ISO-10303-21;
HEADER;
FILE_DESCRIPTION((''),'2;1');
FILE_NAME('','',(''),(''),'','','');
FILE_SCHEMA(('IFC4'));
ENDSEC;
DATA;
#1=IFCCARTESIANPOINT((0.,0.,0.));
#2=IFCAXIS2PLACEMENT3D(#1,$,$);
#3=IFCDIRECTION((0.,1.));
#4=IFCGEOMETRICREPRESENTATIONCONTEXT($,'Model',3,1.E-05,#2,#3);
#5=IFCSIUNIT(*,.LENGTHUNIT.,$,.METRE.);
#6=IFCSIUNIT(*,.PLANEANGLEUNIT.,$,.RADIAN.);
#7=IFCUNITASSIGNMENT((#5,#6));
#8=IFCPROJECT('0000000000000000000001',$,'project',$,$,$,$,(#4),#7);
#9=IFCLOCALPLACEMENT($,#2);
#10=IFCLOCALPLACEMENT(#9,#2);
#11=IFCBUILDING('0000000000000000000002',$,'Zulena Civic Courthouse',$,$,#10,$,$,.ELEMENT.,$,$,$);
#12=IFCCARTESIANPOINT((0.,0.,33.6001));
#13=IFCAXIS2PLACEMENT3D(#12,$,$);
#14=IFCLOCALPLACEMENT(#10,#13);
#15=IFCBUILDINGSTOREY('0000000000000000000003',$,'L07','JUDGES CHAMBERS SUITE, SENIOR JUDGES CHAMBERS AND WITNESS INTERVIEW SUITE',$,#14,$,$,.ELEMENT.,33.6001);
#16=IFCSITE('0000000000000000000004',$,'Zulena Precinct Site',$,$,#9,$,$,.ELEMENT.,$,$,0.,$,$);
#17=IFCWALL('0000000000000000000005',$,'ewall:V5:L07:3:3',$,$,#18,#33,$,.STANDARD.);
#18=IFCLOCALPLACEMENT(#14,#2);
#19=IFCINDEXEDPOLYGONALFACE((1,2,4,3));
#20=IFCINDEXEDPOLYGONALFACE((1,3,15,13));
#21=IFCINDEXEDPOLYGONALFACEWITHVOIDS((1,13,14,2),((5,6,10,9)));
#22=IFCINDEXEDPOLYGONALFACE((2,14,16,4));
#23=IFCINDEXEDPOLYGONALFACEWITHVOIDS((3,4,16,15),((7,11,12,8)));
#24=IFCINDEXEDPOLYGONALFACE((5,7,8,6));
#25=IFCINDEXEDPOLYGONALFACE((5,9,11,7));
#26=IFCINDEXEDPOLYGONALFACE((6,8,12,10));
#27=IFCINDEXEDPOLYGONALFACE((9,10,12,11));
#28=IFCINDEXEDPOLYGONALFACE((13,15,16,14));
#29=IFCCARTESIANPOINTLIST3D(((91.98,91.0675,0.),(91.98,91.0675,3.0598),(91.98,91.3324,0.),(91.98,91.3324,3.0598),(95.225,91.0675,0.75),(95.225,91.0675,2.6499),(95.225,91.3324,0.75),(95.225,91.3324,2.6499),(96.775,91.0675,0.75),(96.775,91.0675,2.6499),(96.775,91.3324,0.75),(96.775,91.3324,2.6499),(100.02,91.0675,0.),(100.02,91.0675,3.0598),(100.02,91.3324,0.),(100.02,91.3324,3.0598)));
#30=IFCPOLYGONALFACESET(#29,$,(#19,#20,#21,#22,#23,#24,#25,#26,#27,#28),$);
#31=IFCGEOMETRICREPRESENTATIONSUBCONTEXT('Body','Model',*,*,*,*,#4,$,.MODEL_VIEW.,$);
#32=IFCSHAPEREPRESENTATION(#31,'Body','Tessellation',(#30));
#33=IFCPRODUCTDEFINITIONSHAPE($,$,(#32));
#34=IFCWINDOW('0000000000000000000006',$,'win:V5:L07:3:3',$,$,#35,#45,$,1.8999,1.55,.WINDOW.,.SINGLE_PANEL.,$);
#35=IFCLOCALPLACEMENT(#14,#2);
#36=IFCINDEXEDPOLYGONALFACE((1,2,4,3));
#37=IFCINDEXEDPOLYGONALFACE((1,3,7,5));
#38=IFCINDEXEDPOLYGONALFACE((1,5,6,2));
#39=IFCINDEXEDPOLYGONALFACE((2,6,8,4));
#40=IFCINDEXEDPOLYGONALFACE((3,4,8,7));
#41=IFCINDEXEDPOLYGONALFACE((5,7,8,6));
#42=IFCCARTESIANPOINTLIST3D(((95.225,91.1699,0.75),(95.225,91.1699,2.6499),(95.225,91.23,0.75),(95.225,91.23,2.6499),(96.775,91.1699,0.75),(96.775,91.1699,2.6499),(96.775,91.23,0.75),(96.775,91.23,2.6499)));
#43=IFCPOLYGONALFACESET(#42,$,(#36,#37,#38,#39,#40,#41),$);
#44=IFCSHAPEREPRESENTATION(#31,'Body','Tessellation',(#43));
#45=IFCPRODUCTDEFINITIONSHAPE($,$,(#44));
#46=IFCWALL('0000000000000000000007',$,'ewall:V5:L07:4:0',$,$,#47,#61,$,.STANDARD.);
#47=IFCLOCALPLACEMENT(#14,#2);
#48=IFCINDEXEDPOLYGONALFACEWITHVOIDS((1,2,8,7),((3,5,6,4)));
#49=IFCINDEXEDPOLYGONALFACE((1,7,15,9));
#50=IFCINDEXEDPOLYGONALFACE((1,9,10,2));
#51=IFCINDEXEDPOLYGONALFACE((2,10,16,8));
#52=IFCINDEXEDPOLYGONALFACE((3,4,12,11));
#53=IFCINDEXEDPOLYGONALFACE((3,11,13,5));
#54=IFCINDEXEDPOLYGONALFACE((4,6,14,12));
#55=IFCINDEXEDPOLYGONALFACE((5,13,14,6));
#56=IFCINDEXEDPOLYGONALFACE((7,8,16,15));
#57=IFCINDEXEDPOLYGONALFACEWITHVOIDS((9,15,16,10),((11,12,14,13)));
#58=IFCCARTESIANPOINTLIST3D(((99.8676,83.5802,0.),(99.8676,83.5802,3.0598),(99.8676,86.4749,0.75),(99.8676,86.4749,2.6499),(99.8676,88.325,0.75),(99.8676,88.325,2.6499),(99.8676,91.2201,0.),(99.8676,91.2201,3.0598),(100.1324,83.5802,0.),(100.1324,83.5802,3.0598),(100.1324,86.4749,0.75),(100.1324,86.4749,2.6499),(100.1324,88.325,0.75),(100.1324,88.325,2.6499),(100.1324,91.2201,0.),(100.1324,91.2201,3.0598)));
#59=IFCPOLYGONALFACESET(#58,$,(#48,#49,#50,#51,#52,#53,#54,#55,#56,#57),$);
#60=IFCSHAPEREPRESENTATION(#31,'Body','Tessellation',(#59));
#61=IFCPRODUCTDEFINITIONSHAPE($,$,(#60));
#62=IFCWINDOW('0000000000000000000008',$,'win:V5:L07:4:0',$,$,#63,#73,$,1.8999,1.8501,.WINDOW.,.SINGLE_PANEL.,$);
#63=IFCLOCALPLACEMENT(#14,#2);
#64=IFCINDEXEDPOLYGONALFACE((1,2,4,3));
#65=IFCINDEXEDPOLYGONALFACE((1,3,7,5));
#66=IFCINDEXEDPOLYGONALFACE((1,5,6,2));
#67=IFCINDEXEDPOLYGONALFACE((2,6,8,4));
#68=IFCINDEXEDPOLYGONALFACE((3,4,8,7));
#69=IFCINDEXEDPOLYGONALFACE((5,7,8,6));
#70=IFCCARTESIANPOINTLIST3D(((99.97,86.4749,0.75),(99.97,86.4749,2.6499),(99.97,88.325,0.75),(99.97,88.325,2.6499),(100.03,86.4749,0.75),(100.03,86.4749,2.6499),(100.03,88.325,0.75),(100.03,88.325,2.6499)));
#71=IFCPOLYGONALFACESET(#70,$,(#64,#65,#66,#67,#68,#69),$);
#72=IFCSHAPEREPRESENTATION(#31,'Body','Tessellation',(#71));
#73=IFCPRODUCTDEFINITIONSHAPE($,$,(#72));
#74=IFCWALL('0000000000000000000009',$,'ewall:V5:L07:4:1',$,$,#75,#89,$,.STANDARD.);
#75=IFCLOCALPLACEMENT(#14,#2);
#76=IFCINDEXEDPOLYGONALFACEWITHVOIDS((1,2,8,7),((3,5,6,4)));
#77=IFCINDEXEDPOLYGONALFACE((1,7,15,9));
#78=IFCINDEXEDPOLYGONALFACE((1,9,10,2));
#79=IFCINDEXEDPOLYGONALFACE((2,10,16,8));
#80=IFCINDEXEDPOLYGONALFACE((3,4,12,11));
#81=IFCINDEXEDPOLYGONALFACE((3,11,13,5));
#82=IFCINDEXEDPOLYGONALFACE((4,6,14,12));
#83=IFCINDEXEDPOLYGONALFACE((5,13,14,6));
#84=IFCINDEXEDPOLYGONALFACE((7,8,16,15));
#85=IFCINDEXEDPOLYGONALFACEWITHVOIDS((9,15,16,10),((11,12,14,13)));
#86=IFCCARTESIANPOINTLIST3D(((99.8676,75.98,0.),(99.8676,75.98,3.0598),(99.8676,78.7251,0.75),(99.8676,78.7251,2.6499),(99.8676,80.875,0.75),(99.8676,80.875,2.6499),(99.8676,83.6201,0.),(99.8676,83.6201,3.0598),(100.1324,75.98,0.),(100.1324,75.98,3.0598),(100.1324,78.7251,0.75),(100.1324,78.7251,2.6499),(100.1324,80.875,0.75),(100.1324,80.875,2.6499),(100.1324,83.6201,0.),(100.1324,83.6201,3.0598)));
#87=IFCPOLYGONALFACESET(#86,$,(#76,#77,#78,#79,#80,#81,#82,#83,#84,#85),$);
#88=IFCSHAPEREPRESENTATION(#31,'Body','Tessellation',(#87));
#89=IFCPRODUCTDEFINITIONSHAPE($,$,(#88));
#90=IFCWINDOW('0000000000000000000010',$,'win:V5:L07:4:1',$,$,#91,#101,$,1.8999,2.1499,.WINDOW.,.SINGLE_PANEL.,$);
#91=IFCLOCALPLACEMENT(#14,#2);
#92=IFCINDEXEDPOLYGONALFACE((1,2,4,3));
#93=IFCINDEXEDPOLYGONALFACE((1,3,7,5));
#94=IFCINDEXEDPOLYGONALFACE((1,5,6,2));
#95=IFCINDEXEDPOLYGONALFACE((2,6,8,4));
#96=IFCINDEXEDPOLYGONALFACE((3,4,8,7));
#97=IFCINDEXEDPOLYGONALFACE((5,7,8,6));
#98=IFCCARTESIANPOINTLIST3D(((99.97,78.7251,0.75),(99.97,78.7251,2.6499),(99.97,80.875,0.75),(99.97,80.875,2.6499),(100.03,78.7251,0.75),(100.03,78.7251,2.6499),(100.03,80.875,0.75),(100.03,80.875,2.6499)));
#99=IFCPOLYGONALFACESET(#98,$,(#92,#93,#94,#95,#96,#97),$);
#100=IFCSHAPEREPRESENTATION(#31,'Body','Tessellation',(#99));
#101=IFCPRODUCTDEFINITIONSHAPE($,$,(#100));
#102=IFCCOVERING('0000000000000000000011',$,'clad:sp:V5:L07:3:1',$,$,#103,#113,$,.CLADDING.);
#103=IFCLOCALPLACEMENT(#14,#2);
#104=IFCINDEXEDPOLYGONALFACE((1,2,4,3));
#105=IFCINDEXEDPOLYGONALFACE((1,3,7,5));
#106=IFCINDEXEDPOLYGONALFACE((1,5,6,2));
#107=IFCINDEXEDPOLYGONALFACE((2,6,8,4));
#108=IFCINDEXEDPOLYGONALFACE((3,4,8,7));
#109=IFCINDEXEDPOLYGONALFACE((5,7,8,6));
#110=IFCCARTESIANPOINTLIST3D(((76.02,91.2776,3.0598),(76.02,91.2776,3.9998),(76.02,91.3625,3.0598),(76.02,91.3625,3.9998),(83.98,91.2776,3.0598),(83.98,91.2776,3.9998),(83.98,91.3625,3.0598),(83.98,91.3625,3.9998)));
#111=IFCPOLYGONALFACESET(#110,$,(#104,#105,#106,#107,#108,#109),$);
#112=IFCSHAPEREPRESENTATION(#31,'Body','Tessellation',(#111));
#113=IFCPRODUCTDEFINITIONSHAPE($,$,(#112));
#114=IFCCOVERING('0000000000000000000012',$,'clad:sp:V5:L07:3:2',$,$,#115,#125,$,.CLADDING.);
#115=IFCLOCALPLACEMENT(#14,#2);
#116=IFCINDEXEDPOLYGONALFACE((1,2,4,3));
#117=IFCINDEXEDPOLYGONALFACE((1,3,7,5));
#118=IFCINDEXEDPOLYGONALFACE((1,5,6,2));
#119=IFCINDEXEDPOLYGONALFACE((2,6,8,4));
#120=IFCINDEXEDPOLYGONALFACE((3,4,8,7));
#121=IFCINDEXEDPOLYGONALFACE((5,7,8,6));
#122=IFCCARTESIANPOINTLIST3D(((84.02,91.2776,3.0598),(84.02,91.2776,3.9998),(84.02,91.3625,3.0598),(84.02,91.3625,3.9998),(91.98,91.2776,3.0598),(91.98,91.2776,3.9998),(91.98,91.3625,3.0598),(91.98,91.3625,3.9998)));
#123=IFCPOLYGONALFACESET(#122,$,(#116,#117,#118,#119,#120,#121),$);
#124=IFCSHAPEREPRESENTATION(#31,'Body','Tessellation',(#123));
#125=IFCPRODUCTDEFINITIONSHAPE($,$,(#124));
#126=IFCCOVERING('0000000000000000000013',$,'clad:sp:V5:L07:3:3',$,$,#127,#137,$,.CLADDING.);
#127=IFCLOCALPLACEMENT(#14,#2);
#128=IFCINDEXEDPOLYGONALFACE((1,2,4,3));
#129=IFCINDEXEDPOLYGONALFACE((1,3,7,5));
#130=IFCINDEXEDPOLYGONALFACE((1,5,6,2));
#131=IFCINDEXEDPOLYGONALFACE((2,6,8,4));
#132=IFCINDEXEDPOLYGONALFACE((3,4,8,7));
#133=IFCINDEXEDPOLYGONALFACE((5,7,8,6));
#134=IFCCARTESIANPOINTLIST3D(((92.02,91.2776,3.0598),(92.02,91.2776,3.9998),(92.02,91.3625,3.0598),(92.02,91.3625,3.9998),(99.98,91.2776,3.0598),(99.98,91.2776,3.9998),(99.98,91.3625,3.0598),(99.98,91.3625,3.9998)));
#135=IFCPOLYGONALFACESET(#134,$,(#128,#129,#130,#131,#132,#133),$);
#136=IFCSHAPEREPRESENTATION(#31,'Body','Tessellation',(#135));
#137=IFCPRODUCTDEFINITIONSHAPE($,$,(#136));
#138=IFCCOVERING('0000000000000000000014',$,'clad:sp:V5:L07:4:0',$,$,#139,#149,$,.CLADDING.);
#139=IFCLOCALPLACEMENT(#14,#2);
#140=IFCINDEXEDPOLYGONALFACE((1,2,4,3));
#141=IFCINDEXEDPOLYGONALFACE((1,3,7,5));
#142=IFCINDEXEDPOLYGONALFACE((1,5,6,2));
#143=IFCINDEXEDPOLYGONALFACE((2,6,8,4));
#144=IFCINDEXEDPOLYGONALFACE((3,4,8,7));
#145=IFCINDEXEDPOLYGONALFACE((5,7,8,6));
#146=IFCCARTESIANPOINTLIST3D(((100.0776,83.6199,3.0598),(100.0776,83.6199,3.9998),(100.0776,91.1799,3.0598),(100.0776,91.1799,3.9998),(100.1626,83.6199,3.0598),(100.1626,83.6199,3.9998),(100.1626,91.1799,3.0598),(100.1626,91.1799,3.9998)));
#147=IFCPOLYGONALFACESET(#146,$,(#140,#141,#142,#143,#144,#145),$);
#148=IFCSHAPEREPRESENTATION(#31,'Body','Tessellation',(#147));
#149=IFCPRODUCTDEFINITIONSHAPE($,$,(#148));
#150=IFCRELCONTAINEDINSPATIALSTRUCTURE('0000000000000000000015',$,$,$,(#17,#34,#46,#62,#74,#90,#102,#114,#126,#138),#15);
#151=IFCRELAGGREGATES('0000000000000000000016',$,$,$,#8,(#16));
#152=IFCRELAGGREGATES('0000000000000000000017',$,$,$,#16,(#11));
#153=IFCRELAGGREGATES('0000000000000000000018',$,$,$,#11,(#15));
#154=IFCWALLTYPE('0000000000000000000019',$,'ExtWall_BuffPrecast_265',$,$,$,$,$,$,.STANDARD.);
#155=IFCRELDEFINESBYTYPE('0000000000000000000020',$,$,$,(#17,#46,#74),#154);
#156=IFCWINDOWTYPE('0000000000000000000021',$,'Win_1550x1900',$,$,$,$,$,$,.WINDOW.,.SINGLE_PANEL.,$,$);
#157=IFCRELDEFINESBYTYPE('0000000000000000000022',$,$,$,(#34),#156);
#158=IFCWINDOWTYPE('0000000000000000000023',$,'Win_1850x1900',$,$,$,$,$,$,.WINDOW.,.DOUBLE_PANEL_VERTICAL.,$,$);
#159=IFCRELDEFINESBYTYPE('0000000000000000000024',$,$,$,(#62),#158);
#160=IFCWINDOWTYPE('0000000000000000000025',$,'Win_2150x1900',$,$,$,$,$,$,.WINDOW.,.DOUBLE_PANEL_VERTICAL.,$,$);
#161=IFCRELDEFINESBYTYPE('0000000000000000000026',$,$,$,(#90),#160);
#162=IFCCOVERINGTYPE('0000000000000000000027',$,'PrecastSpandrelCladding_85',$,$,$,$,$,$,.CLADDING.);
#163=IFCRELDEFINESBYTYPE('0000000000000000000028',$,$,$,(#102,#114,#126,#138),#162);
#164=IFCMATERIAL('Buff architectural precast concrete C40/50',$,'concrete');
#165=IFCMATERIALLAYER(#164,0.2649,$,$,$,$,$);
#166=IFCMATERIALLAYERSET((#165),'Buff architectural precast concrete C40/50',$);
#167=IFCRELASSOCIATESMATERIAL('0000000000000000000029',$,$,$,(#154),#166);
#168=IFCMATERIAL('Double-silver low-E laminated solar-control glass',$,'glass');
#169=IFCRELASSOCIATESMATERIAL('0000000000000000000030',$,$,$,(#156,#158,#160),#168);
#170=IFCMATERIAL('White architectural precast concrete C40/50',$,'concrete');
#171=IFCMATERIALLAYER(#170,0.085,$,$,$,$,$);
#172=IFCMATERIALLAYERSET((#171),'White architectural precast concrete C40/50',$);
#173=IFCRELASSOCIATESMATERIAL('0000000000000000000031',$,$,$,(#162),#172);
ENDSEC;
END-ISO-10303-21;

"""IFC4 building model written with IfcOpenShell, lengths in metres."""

from ifc_helpers import new_model, si_unit, direction, frame, frame_2d, origin, origin_2d, place, context, subcontext, project, spatial, rectangle, extrude, material, layer, layer_set, type_object, element, fill, save


model = new_model("IFC4")

# Units and contexts
model_context = context("Model", 3, precision=1e-05, world=origin(), true_north=direction((0.0, 1.0)))
body_context = subcontext(model_context, "Body", "Model", "MODEL_VIEW")
ifc_project = project(units=[si_unit("LENGTHUNIT", "METRE"), si_unit("PLANEANGLEUNIT", "RADIAN")], contexts=[model_context])

# Site, building, storey
site_placement = place(None, origin())
site = spatial("IfcSite", under=ifc_project, at=site_placement, Name="Zulena Precinct Site", CompositionType="ELEMENT", RefElevation=0.0)
building_placement = place(site_placement, origin())
building = spatial("IfcBuilding", under=site, at=building_placement, Name="Zulena Civic Courthouse", CompositionType="ELEMENT")
storey_placement = place(building_placement, frame((0.0, 0.0, 33.6001)))
storey = spatial("IfcBuildingStorey", under=building, at=storey_placement, Name="L07", Description="JUDGES CHAMBERS SUITE, SENIOR JUDGES CHAMBERS AND WITNESS INTERVIEW SUITE", CompositionType="ELEMENT", Elevation=33.6001)

# Walls, openings, windows
ifc_material_1 = material(Name="Buff architectural precast concrete C40/50", Category="concrete")
ifc_layer_1 = layer(ifc_material_1, 0.2649)
ifc_layer_set_1 = layer_set([ifc_layer_1], Name="Buff architectural precast concrete C40/50")
wall_type = type_object("IfcWallType", Name="ExtWall_BuffPrecast_265", PredefinedType="STANDARD", material=ifc_layer_set_1)
ifc_material_2 = material(Name="Double-silver low-E laminated solar-control glass", Category="glass")
wall_1_placement = place(storey_placement, frame((91.98, 91.2, 0.0), z_axis=(0.0, 0.0, 1.0), x_axis=(1.0, 0.0, 0.0)))
wall_1 = element("IfcWall", 1, at=wall_1_placement, inside=storey, type_object=wall_type, Name="ewall:V5:L07:3:3", PredefinedType="STANDARD", context=body_context, shape_type="SweptSolid", body=[
    extrude(rectangle(XDim=8.04, YDim=0.2649, at=frame_2d((4.02, 0.0))), origin(), (0.0, 0.0, 1.0), 3.0598),
])
opening_1_placement = place(wall_1_placement, frame((3.2451, 0.0, 0.75)))
opening_1 = element("IfcOpeningElement", 2, at=opening_1_placement, cuts=wall_1, PredefinedType="OPENING", context=body_context, shape_type="SweptSolid", body=[
    extrude(rectangle(XDim=1.55, YDim=1.8999, at=frame_2d((0.7749, 0.95))), frame((0.0, 0.1423, 0.0), z_axis=(0.0, -1.0, 0.0), x_axis=(1.0, 0.0, 0.0)), (0.0, 0.0, 1.0), 0.2849),
])
window_type_1 = type_object("IfcWindowType", Name="Win_1550x1900", PartitioningType="SINGLE_PANEL", PredefinedType="WINDOW", material=ifc_material_2)
window_1_placement = place(opening_1_placement, origin())
window_1 = element("IfcWindow", 3, at=window_1_placement, inside=storey, type_object=window_type_1, Name="win:V5:L07:3:3", OverallHeight=1.8999, OverallWidth=1.55, PartitioningType="SINGLE_PANEL", PredefinedType="WINDOW", context=body_context, shape_type="SweptSolid", body=[
    extrude(rectangle(XDim=1.55, YDim=1.8999, at=frame_2d((0.7749, 0.95))), frame((0.0, 0.03, 0.0), z_axis=(0.0, -1.0, 0.0), x_axis=(1.0, 0.0, 0.0)), (0.0, 0.0, 1.0), 0.0601),
])
fill(opening_1, window_1)
wall_2_placement = place(storey_placement, frame((100.0, 91.22, 0.0), z_axis=(0.0, 0.0, 1.0), x_axis=(0.0, -1.0, 0.0)))
wall_2 = element("IfcWall", 4, at=wall_2_placement, inside=storey, type_object=wall_type, Name="ewall:V5:L07:4:0", PredefinedType="STANDARD", context=body_context, shape_type="SweptSolid", body=[
    extrude(rectangle(XDim=7.6399, YDim=0.2649, at=frame_2d((3.8198, 0.0))), origin(), (0.0, 0.0, 1.0), 3.0598),
])
opening_2_placement = place(wall_2_placement, frame((2.895, 0.0, 0.75)))
opening_2 = element("IfcOpeningElement", 5, at=opening_2_placement, cuts=wall_2, PredefinedType="OPENING", context=body_context, shape_type="SweptSolid", body=[
    extrude(rectangle(XDim=1.8501, YDim=1.8999, at=frame_2d((0.925, 0.95))), frame((0.0, 0.1423, 0.0), z_axis=(0.0, -1.0, 0.0), x_axis=(1.0, 0.0, 0.0)), (0.0, 0.0, 1.0), 0.2849),
])
window_type_2 = type_object("IfcWindowType", Name="Win_1850x1900", PartitioningType="DOUBLE_PANEL_VERTICAL", PredefinedType="WINDOW", material=ifc_material_2)
window_2_placement = place(opening_2_placement, origin())
window_2 = element("IfcWindow", 6, at=window_2_placement, inside=storey, type_object=window_type_2, Name="win:V5:L07:4:0", OverallHeight=1.8999, OverallWidth=1.8501, PartitioningType="SINGLE_PANEL", PredefinedType="WINDOW", context=body_context, shape_type="SweptSolid", body=[
    extrude(rectangle(XDim=1.8501, YDim=1.8999, at=frame_2d((0.925, 0.95))), frame((0.0, 0.03, 0.0), z_axis=(0.0, -1.0, 0.0), x_axis=(1.0, 0.0, 0.0)), (0.0, 0.0, 1.0), 0.0601),
])
fill(opening_2, window_2)
wall_3_placement = place(storey_placement, frame((100.0, 83.6201, 0.0), z_axis=(0.0, 0.0, 1.0), x_axis=(0.0, -1.0, 0.0)))
wall_3 = element("IfcWall", 7, at=wall_3_placement, inside=storey, type_object=wall_type, Name="ewall:V5:L07:4:1", PredefinedType="STANDARD", context=body_context, shape_type="SweptSolid", body=[
    extrude(rectangle(XDim=7.6401, YDim=0.2649, at=frame_2d((3.8201, 0.0))), origin(), (0.0, 0.0, 1.0), 3.0598),
])
opening_3_placement = place(wall_3_placement, frame((2.7451, 0.0, 0.75)))
opening_3 = element("IfcOpeningElement", 8, at=opening_3_placement, cuts=wall_3, PredefinedType="OPENING", context=body_context, shape_type="SweptSolid", body=[
    extrude(rectangle(XDim=2.1499, YDim=1.8999, at=frame_2d((1.075, 0.95))), frame((0.0, 0.1423, 0.0), z_axis=(0.0, -1.0, 0.0), x_axis=(1.0, 0.0, 0.0)), (0.0, 0.0, 1.0), 0.2849),
])
window_type_3 = type_object("IfcWindowType", Name="Win_2150x1900", PartitioningType="DOUBLE_PANEL_VERTICAL", PredefinedType="WINDOW", material=ifc_material_2)
window_3_placement = place(opening_3_placement, origin())
window_3 = element("IfcWindow", 9, at=window_3_placement, inside=storey, type_object=window_type_3, Name="win:V5:L07:4:1", OverallHeight=1.8999, OverallWidth=2.1499, PartitioningType="SINGLE_PANEL", PredefinedType="WINDOW", context=body_context, shape_type="SweptSolid", body=[
    extrude(rectangle(XDim=2.1499, YDim=1.8999, at=frame_2d((1.075, 0.95))), frame((0.0, 0.03, 0.0), z_axis=(0.0, -1.0, 0.0), x_axis=(1.0, 0.0, 0.0)), (0.0, 0.0, 1.0), 0.0601),
])
fill(opening_3, window_3)

# Coverings
ifc_material_3 = material(Name="White architectural precast concrete C40/50", Category="concrete")
ifc_layer_2 = layer(ifc_material_3, 0.085)
ifc_layer_set_2 = layer_set([ifc_layer_2], Name="White architectural precast concrete C40/50")
covering_type = type_object("IfcCoveringType", Name="PrecastSpandrelCladding_85", PredefinedType="CLADDING", material=ifc_layer_set_2)
for number, where, z_axis, x_axis, name in (
    (10, (80.0, 91.3201, 3.0598), (0.0, 0.0, 1.0), (1.0, 0.0, 0.0), "clad:sp:V5:L07:3:1"),
    (11, (88.0, 91.3201, 3.0598), (0.0, 0.0, 1.0), (1.0, 0.0, 0.0), "clad:sp:V5:L07:3:2"),
    (12, (96.0, 91.3201, 3.0598), (0.0, 0.0, 1.0), (1.0, 0.0, 0.0), "clad:sp:V5:L07:3:3"),
):
    element("IfcCovering", number, at=place(storey_placement, frame(where, z_axis=z_axis, x_axis=x_axis)), inside=storey, type_object=covering_type, Name=name, PredefinedType="CLADDING", context=body_context, shape_type="SweptSolid", body=[
        extrude(rectangle(XDim=7.96, YDim=0.085, at=origin_2d()), origin(), (0.0, 0.0, 1.0), 0.9399),
    ])
covering_placement = place(storey_placement, frame((100.1201, 87.3999, 3.0598), z_axis=(0.0, 0.0, 1.0), x_axis=(0.0, -1.0, 0.0)))
element("IfcCovering", 13, at=covering_placement, inside=storey, type_object=covering_type, Name="clad:sp:V5:L07:4:0", PredefinedType="CLADDING", context=body_context, shape_type="SweptSolid", body=[
    extrude(rectangle(XDim=7.5601, YDim=0.085, at=origin_2d()), origin(), (0.0, 0.0, 1.0), 0.9399),
])

save(model, "model.ifc")
